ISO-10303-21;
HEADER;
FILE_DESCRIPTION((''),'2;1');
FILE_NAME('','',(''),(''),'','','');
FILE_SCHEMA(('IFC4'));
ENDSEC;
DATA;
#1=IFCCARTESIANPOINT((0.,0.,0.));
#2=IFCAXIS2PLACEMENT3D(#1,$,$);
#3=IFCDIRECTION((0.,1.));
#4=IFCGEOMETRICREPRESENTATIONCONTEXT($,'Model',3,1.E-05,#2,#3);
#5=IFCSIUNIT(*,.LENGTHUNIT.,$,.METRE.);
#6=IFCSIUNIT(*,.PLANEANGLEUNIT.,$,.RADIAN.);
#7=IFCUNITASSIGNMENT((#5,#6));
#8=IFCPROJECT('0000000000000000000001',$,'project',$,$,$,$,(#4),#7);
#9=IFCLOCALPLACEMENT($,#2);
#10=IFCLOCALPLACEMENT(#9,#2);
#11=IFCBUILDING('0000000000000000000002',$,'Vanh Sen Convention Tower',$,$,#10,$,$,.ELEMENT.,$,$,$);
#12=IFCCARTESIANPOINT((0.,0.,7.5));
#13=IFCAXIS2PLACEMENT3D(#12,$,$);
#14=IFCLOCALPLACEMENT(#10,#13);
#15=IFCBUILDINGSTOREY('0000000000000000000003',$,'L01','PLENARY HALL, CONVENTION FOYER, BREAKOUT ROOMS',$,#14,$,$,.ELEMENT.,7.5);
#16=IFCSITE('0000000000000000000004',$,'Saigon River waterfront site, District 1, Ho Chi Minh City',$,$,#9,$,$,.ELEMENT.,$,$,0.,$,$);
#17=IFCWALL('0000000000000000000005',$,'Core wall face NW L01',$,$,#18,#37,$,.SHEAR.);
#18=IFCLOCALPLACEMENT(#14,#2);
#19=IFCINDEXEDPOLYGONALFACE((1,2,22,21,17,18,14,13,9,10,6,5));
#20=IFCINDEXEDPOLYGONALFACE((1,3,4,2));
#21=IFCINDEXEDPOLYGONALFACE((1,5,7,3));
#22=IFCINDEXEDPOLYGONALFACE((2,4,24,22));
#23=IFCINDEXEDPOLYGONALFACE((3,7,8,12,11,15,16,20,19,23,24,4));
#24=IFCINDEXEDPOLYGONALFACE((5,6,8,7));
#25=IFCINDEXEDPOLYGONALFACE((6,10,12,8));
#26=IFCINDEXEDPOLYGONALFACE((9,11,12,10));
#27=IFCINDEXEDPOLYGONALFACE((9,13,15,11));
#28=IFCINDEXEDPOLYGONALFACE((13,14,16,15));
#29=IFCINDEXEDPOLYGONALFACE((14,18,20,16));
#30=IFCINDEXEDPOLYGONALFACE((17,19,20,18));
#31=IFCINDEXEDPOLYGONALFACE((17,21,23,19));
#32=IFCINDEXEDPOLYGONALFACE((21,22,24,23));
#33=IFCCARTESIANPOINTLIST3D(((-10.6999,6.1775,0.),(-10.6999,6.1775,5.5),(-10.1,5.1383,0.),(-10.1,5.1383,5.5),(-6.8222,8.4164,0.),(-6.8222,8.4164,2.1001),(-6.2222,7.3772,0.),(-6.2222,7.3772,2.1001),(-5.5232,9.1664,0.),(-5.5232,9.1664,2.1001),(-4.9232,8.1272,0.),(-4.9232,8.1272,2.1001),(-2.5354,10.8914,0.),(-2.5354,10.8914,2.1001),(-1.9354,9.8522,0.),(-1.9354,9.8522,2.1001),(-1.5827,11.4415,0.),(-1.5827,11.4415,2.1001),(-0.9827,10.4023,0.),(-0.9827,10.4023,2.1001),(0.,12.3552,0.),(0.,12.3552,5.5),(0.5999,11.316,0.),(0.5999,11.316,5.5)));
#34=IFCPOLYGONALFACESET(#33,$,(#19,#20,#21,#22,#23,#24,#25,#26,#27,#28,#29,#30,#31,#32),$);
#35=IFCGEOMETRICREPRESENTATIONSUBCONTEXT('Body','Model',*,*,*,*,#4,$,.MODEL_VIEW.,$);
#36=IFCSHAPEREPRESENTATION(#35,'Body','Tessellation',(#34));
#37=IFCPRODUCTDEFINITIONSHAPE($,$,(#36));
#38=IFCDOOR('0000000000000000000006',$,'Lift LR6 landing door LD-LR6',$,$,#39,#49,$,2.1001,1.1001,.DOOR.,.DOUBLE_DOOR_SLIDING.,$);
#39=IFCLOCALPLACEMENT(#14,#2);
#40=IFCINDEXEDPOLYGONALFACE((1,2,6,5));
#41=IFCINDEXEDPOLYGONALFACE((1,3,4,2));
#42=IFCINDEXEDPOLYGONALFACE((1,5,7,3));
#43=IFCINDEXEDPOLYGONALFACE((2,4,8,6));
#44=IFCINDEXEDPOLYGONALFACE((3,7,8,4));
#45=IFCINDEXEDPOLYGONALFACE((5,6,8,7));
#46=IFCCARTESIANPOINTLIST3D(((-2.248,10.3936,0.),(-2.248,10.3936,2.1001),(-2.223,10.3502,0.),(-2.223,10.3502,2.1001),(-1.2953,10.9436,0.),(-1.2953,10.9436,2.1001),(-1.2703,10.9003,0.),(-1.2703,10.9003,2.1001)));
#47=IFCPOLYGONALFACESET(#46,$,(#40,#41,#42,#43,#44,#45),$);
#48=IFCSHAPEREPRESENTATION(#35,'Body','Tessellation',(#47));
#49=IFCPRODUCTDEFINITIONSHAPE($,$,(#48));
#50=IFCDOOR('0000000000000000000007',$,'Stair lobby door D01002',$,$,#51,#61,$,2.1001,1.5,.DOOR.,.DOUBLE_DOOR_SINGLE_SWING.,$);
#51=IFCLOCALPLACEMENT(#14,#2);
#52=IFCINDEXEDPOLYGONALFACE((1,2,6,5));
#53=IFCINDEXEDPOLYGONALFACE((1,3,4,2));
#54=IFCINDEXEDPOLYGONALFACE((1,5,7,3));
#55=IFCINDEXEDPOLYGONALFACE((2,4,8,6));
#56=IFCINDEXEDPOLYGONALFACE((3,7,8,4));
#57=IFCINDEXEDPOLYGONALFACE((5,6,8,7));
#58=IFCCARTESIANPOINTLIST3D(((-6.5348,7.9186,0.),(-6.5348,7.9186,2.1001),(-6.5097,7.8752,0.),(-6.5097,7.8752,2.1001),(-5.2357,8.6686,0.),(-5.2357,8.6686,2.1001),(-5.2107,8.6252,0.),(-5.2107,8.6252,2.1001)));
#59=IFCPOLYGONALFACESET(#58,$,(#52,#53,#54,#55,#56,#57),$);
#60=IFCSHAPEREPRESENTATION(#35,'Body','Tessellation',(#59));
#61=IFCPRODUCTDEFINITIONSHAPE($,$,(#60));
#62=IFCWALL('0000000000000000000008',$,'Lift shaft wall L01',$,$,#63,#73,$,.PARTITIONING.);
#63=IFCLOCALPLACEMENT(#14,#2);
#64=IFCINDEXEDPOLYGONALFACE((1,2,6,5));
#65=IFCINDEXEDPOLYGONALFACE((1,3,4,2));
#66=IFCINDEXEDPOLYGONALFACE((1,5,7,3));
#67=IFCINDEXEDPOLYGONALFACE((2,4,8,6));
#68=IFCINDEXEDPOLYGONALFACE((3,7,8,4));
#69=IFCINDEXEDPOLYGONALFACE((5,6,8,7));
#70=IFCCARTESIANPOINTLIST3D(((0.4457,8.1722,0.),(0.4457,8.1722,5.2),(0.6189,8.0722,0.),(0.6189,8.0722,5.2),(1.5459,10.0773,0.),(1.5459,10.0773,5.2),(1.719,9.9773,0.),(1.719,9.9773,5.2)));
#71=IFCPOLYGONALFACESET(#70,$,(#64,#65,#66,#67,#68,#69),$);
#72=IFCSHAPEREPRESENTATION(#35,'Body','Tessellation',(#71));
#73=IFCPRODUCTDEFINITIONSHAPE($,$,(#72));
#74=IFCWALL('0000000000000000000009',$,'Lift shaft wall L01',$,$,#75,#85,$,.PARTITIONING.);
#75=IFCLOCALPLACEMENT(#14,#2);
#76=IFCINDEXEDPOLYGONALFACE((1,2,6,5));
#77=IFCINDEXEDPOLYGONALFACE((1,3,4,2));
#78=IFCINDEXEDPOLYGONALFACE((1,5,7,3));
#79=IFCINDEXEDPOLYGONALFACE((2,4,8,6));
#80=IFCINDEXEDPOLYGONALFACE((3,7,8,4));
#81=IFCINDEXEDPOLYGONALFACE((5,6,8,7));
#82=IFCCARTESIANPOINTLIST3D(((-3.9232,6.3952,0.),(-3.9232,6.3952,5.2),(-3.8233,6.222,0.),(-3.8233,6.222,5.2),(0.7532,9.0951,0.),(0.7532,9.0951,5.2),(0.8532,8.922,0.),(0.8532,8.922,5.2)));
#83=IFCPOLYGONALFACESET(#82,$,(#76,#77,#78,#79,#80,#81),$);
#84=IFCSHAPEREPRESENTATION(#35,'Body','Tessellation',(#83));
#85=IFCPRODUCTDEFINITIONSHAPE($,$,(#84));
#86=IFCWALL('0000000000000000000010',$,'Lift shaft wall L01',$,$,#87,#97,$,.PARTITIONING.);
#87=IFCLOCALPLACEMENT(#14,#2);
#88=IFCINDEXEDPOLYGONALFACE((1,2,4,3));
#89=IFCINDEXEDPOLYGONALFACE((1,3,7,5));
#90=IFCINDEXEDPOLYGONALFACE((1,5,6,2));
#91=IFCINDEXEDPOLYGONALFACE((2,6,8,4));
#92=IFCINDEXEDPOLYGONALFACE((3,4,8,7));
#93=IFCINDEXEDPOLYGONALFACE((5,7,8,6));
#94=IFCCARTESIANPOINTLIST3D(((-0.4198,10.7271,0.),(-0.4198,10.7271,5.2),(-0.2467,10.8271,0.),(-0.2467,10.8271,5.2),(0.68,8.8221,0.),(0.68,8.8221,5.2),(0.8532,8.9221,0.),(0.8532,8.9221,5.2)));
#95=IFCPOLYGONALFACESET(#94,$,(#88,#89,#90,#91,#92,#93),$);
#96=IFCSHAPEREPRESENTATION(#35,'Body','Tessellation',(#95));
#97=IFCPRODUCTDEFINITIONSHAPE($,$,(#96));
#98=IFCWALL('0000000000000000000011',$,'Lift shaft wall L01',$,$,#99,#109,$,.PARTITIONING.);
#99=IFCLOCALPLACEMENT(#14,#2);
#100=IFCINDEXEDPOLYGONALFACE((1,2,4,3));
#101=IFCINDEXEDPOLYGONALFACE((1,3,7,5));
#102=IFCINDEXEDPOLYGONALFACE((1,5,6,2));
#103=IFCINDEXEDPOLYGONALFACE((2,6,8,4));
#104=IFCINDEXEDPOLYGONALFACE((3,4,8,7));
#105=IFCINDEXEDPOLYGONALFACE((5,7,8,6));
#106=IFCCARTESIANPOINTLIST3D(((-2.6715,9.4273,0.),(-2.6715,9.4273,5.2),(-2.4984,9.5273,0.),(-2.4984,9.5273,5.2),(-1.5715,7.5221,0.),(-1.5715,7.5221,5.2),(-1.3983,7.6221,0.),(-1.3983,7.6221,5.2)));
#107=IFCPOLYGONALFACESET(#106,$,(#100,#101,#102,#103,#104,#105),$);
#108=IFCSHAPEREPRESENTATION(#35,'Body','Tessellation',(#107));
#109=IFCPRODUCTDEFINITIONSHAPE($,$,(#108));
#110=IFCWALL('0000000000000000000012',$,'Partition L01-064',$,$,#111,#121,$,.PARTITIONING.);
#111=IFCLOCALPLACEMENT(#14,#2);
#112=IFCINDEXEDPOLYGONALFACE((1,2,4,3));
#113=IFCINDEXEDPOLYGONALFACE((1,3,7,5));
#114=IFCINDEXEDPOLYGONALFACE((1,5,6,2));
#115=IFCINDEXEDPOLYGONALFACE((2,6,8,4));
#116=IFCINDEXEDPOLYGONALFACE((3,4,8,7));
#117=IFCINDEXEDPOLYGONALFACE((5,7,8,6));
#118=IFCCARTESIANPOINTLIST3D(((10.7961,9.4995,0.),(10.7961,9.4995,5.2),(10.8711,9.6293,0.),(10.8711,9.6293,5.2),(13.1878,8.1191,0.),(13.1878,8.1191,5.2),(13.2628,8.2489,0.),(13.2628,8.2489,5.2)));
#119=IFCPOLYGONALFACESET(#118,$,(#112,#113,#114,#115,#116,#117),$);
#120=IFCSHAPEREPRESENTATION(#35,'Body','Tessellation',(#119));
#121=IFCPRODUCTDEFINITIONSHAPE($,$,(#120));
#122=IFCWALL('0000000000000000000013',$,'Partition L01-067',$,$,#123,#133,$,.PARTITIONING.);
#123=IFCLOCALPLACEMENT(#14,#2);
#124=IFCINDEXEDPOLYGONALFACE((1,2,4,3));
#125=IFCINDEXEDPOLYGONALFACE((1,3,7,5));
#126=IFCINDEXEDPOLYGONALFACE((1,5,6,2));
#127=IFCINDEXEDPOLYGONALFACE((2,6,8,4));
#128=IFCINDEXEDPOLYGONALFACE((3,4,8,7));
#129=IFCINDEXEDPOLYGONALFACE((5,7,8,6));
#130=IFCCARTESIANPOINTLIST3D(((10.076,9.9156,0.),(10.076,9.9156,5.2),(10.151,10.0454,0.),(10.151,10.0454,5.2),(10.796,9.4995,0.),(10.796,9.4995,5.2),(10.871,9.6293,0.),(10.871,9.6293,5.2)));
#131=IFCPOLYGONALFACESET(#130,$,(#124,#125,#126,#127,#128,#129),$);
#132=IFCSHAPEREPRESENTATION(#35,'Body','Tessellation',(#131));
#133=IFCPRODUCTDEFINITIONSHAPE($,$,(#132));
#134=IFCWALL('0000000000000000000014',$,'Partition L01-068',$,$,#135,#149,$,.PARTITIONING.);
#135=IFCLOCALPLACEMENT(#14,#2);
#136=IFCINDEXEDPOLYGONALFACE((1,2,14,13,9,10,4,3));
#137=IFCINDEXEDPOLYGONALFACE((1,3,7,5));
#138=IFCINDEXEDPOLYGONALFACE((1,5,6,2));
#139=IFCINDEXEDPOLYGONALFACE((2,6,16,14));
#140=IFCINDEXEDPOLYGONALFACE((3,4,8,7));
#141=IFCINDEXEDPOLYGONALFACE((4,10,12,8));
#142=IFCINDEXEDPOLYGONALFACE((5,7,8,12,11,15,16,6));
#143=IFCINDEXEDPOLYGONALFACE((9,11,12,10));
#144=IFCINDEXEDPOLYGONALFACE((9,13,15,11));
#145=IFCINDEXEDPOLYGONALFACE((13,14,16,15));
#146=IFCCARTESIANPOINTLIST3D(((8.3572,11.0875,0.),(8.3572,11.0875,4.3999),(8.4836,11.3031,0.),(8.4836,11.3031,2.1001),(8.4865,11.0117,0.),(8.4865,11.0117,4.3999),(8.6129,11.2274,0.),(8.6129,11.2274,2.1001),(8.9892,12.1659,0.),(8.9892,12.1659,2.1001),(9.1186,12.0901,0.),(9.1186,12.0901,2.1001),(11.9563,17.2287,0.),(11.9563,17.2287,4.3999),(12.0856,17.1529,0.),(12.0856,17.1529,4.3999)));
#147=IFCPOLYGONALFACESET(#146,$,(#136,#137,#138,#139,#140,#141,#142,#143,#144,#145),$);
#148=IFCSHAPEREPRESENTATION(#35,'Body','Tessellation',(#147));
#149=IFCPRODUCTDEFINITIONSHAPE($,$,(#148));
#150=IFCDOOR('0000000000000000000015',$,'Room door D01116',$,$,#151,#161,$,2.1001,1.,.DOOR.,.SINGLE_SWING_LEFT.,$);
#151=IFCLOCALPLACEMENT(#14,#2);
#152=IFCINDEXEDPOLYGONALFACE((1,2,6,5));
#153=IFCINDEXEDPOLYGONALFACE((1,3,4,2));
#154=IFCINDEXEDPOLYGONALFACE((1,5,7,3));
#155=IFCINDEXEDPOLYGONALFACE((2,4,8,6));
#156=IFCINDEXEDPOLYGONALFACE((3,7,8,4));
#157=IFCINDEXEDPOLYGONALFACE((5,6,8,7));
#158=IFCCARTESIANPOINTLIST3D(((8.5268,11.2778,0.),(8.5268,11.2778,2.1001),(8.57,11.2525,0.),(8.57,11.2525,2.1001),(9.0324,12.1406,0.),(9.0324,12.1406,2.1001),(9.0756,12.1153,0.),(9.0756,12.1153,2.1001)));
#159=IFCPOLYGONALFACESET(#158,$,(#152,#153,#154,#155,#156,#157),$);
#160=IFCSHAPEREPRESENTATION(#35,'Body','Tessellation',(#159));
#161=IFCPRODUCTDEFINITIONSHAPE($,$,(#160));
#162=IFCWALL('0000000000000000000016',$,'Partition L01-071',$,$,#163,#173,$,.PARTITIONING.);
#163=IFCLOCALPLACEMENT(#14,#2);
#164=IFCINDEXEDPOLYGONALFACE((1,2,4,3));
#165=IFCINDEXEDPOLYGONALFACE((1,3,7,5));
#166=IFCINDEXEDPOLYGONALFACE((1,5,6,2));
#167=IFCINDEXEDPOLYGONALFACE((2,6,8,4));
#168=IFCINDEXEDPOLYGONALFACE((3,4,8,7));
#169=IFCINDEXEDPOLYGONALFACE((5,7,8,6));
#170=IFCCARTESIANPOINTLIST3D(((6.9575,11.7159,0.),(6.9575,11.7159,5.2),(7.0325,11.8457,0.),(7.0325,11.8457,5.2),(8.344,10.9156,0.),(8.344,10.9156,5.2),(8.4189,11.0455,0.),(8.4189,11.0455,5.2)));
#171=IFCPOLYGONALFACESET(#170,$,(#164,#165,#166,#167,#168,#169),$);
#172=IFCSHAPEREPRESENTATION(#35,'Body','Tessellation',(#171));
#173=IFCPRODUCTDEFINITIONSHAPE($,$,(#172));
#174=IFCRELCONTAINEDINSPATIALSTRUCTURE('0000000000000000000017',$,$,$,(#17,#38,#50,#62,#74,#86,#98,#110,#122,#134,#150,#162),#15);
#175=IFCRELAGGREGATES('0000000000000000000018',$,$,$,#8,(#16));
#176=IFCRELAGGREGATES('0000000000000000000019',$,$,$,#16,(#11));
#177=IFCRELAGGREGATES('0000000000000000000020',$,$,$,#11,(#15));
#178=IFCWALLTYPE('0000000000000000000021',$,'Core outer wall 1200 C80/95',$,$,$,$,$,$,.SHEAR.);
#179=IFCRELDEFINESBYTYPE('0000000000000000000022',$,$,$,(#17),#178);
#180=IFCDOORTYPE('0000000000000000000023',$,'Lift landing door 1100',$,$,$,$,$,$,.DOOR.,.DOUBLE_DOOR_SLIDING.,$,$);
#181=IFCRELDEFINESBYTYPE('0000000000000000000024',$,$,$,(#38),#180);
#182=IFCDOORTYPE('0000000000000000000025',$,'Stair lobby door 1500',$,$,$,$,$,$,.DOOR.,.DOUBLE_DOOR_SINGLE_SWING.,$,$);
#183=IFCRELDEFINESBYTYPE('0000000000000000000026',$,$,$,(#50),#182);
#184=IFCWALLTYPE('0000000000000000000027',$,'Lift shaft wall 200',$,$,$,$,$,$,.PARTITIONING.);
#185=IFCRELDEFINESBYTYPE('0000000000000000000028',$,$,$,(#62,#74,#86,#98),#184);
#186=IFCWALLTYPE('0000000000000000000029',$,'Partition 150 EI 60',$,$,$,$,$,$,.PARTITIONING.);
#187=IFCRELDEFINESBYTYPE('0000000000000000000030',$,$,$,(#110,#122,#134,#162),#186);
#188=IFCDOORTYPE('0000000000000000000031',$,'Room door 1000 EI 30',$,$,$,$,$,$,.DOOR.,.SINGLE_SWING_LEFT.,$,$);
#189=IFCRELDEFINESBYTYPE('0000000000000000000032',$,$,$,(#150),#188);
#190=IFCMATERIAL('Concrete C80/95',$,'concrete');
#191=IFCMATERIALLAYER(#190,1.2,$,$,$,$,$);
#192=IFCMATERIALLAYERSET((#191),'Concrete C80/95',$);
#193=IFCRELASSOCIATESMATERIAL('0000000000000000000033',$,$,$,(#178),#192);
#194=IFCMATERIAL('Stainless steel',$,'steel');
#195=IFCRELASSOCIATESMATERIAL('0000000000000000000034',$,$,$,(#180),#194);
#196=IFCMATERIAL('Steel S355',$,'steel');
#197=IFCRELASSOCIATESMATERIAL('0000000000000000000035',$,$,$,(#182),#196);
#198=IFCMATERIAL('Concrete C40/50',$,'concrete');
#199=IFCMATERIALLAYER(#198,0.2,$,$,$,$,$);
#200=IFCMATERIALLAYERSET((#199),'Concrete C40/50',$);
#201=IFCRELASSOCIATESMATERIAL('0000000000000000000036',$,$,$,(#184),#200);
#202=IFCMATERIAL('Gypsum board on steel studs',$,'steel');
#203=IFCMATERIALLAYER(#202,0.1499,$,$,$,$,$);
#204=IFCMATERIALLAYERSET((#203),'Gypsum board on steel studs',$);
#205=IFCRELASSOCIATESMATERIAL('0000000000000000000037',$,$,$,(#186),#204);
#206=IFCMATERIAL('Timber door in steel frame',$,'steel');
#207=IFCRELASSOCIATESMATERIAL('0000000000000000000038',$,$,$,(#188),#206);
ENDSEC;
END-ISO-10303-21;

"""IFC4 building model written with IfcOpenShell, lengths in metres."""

from ifc_helpers import new_model, si_unit, direction, frame, frame_2d, origin, place, context, subcontext, project, spatial, rectangle, extrude, material, layer, layer_set, type_object, element, fill, save


model = new_model("IFC4")

# Units and contexts
model_context = context("Model", 3, precision=1e-05, world=origin(), true_north=direction((0.0, 1.0)))
body_context = subcontext(model_context, "Body", "Model", "MODEL_VIEW")
ifc_project = project(units=[si_unit("LENGTHUNIT", "METRE"), si_unit("PLANEANGLEUNIT", "RADIAN")], contexts=[model_context])

# Site, building, storey
site_placement = place(None, origin())
site = spatial("IfcSite", under=ifc_project, at=site_placement, Name="Saigon River waterfront site, District 1, Ho Chi Minh City", CompositionType="ELEMENT", RefElevation=0.0)
building_placement = place(site_placement, origin())
building = spatial("IfcBuilding", under=site, at=building_placement, Name="Vanh Sen Convention Tower", CompositionType="ELEMENT")
storey_placement = place(building_placement, frame((0.0, 0.0, 7.5)))
storey = spatial("IfcBuildingStorey", under=building, at=storey_placement, Name="L01", Description="PLENARY HALL, CONVENTION FOYER, BREAKOUT ROOMS", CompositionType="ELEMENT", Elevation=7.5)

# Wall, openings, doors
ifc_material_1 = material(Name="Concrete C80/95", Category="concrete")
ifc_layer_1 = layer(ifc_material_1, 1.2)
ifc_layer_set_1 = layer_set([ifc_layer_1], Name="Concrete C80/95")
wall_type_1 = type_object("IfcWallType", Name="Core outer wall 1200 C80/95", PredefinedType="SHEAR", material=ifc_layer_set_1)
wall_1_placement = place(storey_placement, frame((0.3, 11.8357, 0.0), z_axis=(0.0, 0.0, 1.0), x_axis=(-0.866021, -0.500007, 0.0)))
wall_1 = element("IfcWall", 1, at=wall_1_placement, inside=storey, type_object=wall_type_1, Name="Core wall face NW L01", PredefinedType="SHEAR", context=body_context, shape_type="SweptSolid", body=[
    extrude(rectangle(XDim=12.3552, YDim=1.2, at=frame_2d((6.1777, 0.0))), origin(), (0.0, 0.0, 1.0), 5.5),
])
opening_1_placement = place(wall_1_placement, frame((6.3777, 0.0, 0.0)))
opening_1 = element("IfcOpeningElement", 2, at=opening_1_placement, cuts=wall_1, PredefinedType="OPENING", context=body_context, shape_type="SweptSolid", body=[
    extrude(rectangle(XDim=1.5, YDim=2.1001, at=frame_2d((0.75, 1.05))), frame((0.0, 0.6099, 0.0), z_axis=(0.0, -1.0, 0.0), x_axis=(1.0, 0.0, 0.0)), (0.0, 0.0, 1.0), 1.22),
])
opening_2_placement = place(wall_1_placement, frame((1.8276, 0.0, 0.0)))
opening_2 = element("IfcOpeningElement", 3, at=opening_2_placement, cuts=wall_1, PredefinedType="OPENING", context=body_context, shape_type="SweptSolid", body=[
    extrude(rectangle(XDim=1.1001, YDim=2.1001, at=frame_2d((0.55, 1.05))), frame((0.0, 0.6099, 0.0), z_axis=(0.0, -1.0, 0.0), x_axis=(1.0, 0.0, 0.0)), (0.0, 0.0, 1.0), 1.22),
])
ifc_material_2 = material(Name="Stainless steel", Category="steel")
door_type_1 = type_object("IfcDoorType", Name="Lift landing door 1100", OperationType="DOUBLE_DOOR_SLIDING", PredefinedType="DOOR", material=ifc_material_2)
door_1_placement = place(opening_2_placement, origin())
door_1 = element("IfcDoor", 4, at=door_1_placement, inside=storey, type_object=door_type_1, Name="Lift LR6 landing door LD-LR6", OperationType="DOUBLE_DOOR_SLIDING", OverallHeight=2.1001, OverallWidth=1.1001, PredefinedType="DOOR", context=body_context, shape_type="SweptSolid", body=[
    extrude(rectangle(XDim=1.1001, YDim=2.1001, at=frame_2d((0.55, 1.05))), frame((0.0, 0.0249, 0.0), z_axis=(0.0, -1.0, 0.0), x_axis=(1.0, 0.0, 0.0)), (0.0, 0.0, 1.0), 0.05),
])
fill(opening_2, door_1)
ifc_material_3 = material(Name="Steel S355", Category="steel")
door_type_2 = type_object("IfcDoorType", Name="Stair lobby door 1500", OperationType="DOUBLE_DOOR_SINGLE_SWING", PredefinedType="DOOR", material=ifc_material_3)
door_2_placement = place(opening_1_placement, origin())
door_2 = element("IfcDoor", 5, at=door_2_placement, inside=storey, type_object=door_type_2, Name="Stair lobby door D01002", OperationType="DOUBLE_DOOR_SINGLE_SWING", OverallHeight=2.1001, OverallWidth=1.5, PredefinedType="DOOR", context=body_context, shape_type="SweptSolid", body=[
    extrude(rectangle(XDim=1.5, YDim=2.1001, at=frame_2d((0.75, 1.05))), frame((0.0, 0.0249, 0.0), z_axis=(0.0, -1.0, 0.0), x_axis=(1.0, 0.0, 0.0)), (0.0, 0.0, 1.0), 0.05),
])
fill(opening_1, door_2)

# Walls
ifc_material_4 = material(Name="Concrete C40/50", Category="concrete")
ifc_layer_2 = layer(ifc_material_4, 0.2)
ifc_layer_set_2 = layer_set([ifc_layer_2], Name="Concrete C40/50")
wall_type_2 = type_object("IfcWallType", Name="Lift shaft wall 200", PredefinedType="PARTITIONING", material=ifc_layer_set_2)
wall_2_placement = place(storey_placement, frame((0.5322, 8.1221, 0.0), z_axis=(0.0, 0.0, 1.0), x_axis=(0.500078, 0.86598, 0.0)))
element("IfcWall", 6, at=wall_2_placement, inside=storey, type_object=wall_type_2, Name="Lift shaft wall L01", PredefinedType="PARTITIONING", context=body_context, shape_type="SweptSolid", body=[
    extrude(rectangle(XDim=2.2, YDim=0.2, at=frame_2d((1.1001, 0.0))), origin(), (0.0, 0.0, 1.0), 5.2),
])
wall_3_placement = place(storey_placement, frame((0.8032, 9.0085, 0.0), z_axis=(0.0, 0.0, 1.0), x_axis=(-0.866028, -0.499995, 0.0)))
element("IfcWall", 7, at=wall_3_placement, inside=storey, type_object=wall_type_2, Name="Lift shaft wall L01", PredefinedType="PARTITIONING", context=body_context, shape_type="SweptSolid", body=[
    extrude(rectangle(XDim=5.3999, YDim=0.2, at=frame_2d((2.7, 0.0))), origin(), (0.0, 0.0, 1.0), 5.2),
])
wall_4_placement = place(storey_placement, frame((0.7666, 8.8721, 0.0), z_axis=(0.0, 0.0, 1.0), x_axis=(-0.499995, 0.866028, 0.0)))
element("IfcWall", 8, at=wall_4_placement, inside=storey, type_object=wall_type_2, Name="Lift shaft wall L01", PredefinedType="PARTITIONING", context=body_context, shape_type="SweptSolid", body=[
    extrude(rectangle(XDim=2.1997, YDim=0.2, at=frame_2d((1.0999, 0.0))), origin(), (0.0, 0.0, 1.0), 5.2),
])
wall_5_placement = place(storey_placement, frame((-1.4849, 7.572, 0.0), z_axis=(0.0, 0.0, 1.0), x_axis=(-0.50003, 0.866008, 0.0)))
element("IfcWall", 9, at=wall_5_placement, inside=storey, type_object=wall_type_2, Name="Lift shaft wall L01", PredefinedType="PARTITIONING", context=body_context, shape_type="SweptSolid", body=[
    extrude(rectangle(XDim=2.2, YDim=0.2, at=frame_2d((1.1001, 0.0))), origin(), (0.0, 0.0, 1.0), 5.2),
])
ifc_material_5 = material(Name="Gypsum board on steel studs", Category="steel")
ifc_layer_3 = layer(ifc_material_5, 0.1499)
ifc_layer_set_3 = layer_set([ifc_layer_3], Name="Gypsum board on steel studs")
wall_type_3 = type_object("IfcWallType", Name="Partition 150 EI 60", PredefinedType="PARTITIONING", material=ifc_layer_set_3)
wall_6_placement = place(storey_placement, frame((10.8335, 9.5645, 0.0), z_axis=(0.0, 0.0, 1.0), x_axis=(0.866091, -0.499886, 0.0)))
element("IfcWall", 10, at=wall_6_placement, inside=storey, type_object=wall_type_3, Name="Partition L01-064", PredefinedType="PARTITIONING", context=body_context, shape_type="SweptSolid", body=[
    extrude(rectangle(XDim=2.7615, YDim=0.1499, at=frame_2d((1.3809, 0.0))), origin(), (0.0, 0.0, 1.0), 5.2),
])
wall_7_placement = place(storey_placement, frame((10.1135, 9.9805, 0.0), z_axis=(0.0, 0.0, 1.0), x_axis=(0.865848, -0.500307, 0.0)))
element("IfcWall", 11, at=wall_7_placement, inside=storey, type_object=wall_type_3, Name="Partition L01-067", PredefinedType="PARTITIONING", context=body_context, shape_type="SweptSolid", body=[
    extrude(rectangle(XDim=0.8315, YDim=0.1499, at=frame_2d((0.4158, 0.0))), origin(), (0.0, 0.0, 1.0), 5.2),
])

# Wall, opening, door
wall_8_placement = place(storey_placement, frame((8.4219, 11.0496, 0.0), z_axis=(0.0, 0.0, 1.0), x_axis=(0.505617, 0.862758, 0.0)))
wall_8 = element("IfcWall", 12, at=wall_8_placement, inside=storey, type_object=wall_type_3, Name="Partition L01-068", PredefinedType="PARTITIONING", context=body_context, shape_type="SweptSolid", body=[
    extrude(rectangle(XDim=7.1182, YDim=0.1499, at=frame_2d((3.5591, 0.0))), origin(), (0.0, 0.0, 1.0), 4.3999),
])
opening_3_placement = place(wall_8_placement, frame((0.25, 0.0, 0.0)))
opening_3 = element("IfcOpeningElement", 13, at=opening_3_placement, cuts=wall_8, PredefinedType="OPENING", context=body_context, shape_type="SweptSolid", body=[
    extrude(rectangle(XDim=1.0, YDim=2.1001, at=frame_2d((0.5, 1.05))), frame((0.0, 0.085, 0.0), z_axis=(0.0, -1.0, 0.0), x_axis=(1.0, 0.0, 0.0)), (0.0, 0.0, 1.0), 0.1699),
])
ifc_material_6 = material(Name="Timber door in steel frame", Category="steel")
door_type_3 = type_object("IfcDoorType", Name="Room door 1000 EI 30", OperationType="SINGLE_SWING_LEFT", PredefinedType="DOOR", material=ifc_material_6)
door_3_placement = place(opening_3_placement, origin())
door_3 = element("IfcDoor", 14, at=door_3_placement, inside=storey, type_object=door_type_3, Name="Room door D01116", OperationType="SINGLE_SWING_LEFT", OverallHeight=2.1001, OverallWidth=1.0, PredefinedType="DOOR", context=body_context, shape_type="SweptSolid", body=[
    extrude(rectangle(XDim=1.0, YDim=2.1001, at=frame_2d((0.5, 1.05))), frame((0.0, 0.0249, 0.0), z_axis=(0.0, -1.0, 0.0), x_axis=(1.0, 0.0, 0.0)), (0.0, 0.0, 1.0), 0.05),
])
fill(opening_3, door_3)

# Wall
wall_9_placement = place(storey_placement, frame((6.9951, 11.7808, 0.0), z_axis=(0.0, 0.0, 1.0), x_axis=(0.866076, -0.499912, 0.0)))
element("IfcWall", 15, at=wall_9_placement, inside=storey, type_object=wall_type_3, Name="Partition L01-071", PredefinedType="PARTITIONING", context=body_context, shape_type="SweptSolid", body=[
    extrude(rectangle(XDim=1.6008, YDim=0.1499, at=frame_2d((0.8003, 0.0))), origin(), (0.0, 0.0, 1.0), 5.2),
])

save(model, "model.ifc")
